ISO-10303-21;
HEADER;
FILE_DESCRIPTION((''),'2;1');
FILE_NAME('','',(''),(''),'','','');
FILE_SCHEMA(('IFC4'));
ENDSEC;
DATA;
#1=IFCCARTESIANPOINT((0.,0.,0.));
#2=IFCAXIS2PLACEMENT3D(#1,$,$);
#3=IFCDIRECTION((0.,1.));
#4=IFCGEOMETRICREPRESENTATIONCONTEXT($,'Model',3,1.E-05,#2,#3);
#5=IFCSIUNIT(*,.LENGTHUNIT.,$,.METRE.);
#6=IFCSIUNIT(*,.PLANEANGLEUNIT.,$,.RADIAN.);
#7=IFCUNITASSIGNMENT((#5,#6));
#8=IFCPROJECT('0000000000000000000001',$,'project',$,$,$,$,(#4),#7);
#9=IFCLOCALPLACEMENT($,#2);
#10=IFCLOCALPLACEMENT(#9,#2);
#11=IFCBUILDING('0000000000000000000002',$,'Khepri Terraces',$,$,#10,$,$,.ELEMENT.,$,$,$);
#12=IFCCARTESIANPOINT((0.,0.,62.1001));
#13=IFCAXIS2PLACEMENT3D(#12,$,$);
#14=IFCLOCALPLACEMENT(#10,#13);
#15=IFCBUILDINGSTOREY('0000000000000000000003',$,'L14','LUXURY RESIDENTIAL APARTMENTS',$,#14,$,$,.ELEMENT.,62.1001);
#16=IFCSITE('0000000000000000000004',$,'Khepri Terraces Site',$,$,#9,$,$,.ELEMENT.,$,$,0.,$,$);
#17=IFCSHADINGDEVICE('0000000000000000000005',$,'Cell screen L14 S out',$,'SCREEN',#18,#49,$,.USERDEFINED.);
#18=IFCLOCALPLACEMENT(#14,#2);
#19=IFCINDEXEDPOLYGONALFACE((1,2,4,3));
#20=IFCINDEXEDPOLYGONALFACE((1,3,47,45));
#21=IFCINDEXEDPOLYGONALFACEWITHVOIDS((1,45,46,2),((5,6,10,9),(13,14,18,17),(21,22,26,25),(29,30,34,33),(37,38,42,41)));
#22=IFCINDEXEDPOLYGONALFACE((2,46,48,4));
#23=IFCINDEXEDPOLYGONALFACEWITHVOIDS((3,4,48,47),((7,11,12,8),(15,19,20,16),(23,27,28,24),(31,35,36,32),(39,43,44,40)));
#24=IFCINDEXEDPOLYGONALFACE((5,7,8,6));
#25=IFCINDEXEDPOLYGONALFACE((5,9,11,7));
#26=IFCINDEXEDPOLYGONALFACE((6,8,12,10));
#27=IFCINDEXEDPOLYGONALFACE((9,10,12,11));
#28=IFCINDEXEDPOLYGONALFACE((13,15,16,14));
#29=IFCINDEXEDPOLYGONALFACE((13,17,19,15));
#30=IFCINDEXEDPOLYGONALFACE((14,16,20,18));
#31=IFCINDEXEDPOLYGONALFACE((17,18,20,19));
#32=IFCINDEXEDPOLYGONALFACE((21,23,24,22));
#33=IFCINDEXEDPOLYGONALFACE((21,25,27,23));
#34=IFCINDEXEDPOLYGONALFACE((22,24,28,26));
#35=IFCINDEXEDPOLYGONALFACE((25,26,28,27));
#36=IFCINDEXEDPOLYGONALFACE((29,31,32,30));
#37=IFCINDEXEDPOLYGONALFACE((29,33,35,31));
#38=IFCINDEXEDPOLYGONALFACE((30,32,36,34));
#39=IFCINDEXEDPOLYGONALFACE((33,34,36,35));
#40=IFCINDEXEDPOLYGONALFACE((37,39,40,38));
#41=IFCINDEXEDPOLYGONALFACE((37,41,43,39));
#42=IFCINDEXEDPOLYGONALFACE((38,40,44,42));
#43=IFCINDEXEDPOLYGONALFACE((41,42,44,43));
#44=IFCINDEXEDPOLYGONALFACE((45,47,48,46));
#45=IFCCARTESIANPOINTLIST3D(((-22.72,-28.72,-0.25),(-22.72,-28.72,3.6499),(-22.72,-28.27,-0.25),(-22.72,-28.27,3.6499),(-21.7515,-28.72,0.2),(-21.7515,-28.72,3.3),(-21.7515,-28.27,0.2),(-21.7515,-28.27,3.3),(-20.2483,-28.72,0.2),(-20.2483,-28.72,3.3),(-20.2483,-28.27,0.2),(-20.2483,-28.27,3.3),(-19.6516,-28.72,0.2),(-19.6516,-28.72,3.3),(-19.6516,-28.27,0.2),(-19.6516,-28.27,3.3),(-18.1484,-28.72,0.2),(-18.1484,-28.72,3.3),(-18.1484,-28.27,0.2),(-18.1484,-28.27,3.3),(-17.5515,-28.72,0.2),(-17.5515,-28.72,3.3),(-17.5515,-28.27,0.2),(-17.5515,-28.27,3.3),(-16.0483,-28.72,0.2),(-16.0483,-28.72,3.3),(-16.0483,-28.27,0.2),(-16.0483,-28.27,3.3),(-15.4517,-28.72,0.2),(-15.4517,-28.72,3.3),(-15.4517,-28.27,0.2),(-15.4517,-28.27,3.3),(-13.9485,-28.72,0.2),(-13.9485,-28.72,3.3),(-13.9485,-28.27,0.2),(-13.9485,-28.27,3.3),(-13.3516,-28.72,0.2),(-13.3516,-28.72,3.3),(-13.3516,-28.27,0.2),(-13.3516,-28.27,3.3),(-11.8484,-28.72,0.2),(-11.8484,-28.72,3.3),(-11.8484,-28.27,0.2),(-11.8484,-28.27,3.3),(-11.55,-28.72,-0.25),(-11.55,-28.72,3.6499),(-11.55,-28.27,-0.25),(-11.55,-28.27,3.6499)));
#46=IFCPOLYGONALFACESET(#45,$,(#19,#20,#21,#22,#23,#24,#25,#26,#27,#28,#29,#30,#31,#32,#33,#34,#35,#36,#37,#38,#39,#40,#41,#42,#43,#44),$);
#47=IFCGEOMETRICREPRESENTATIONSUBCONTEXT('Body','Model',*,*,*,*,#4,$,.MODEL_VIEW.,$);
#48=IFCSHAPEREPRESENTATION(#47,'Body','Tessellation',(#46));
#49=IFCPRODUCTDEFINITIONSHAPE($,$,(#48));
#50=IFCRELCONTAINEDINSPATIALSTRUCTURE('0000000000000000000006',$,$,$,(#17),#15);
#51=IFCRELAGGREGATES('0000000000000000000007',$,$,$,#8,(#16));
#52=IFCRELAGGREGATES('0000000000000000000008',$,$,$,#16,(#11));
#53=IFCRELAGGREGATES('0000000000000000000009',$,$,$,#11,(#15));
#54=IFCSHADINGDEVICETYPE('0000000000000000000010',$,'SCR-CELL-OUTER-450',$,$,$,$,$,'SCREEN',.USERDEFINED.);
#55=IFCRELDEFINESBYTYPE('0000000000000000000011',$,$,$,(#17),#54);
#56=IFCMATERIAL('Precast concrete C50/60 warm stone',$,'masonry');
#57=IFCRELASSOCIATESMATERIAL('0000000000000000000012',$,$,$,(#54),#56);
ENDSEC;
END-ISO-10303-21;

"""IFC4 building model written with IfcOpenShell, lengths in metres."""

from ifc_helpers import new_model, si_unit, direction, frame, origin, place, context, subcontext, project, spatial, polyline, outline, extrude, material, type_object, element, save


model = new_model("IFC4")

# Units and contexts
model_context = context("Model", 3, precision=1e-05, world=origin(), true_north=direction((0.0, 1.0)))
body_context = subcontext(model_context, "Body", "Model", "MODEL_VIEW")
ifc_project = project(units=[si_unit("LENGTHUNIT", "METRE"), si_unit("PLANEANGLEUNIT", "RADIAN")], contexts=[model_context])

# Site, building, storey
site_placement = place(None, origin())
site = spatial("IfcSite", under=ifc_project, at=site_placement, Name="Khepri Terraces Site", CompositionType="ELEMENT", RefElevation=0.0)
building_placement = place(site_placement, origin())
building = spatial("IfcBuilding", under=site, at=building_placement, Name="Khepri Terraces", CompositionType="ELEMENT")
storey_placement = place(building_placement, frame((0.0, 0.0, 62.1001)))
storey = spatial("IfcBuildingStorey", under=building, at=storey_placement, Name="L14", Description="LUXURY RESIDENTIAL APARTMENTS", CompositionType="ELEMENT", Elevation=62.1001)

# Shared definitions
ifc_material_1 = material(Name="Precast concrete C50/60 warm stone", Category="masonry")

# Shading device
shading_device_type_1 = type_object("IfcShadingDeviceType", Name="SCR-CELL-OUTER-450", ElementType="SCREEN", PredefinedType="USERDEFINED", material=ifc_material_1)
shading_device_1_placement = place(storey_placement, frame((-22.72, -28.27, -0.25), z_axis=(0.0, -1.0, 0.0), x_axis=(1.0, 0.0, 0.0)))
element("IfcShadingDevice", 1, at=shading_device_1_placement, inside=storey, type_object=shading_device_type_1, Name="Cell screen L14 S out", ObjectType="SCREEN", PredefinedType="USERDEFINED", context=body_context, shape_type="SweptSolid", body=[
    extrude(outline(polyline([(0.0, 0.0), (11.1699, 0.0), (11.1699, 3.8999), (0.0, 3.8999), (0.0, 0.0)]), holes=[polyline([(0.9685, 0.45), (2.4717, 0.45), (2.4717, 3.55), (0.9685, 3.55), (0.9685, 0.45)]), polyline([(3.0684, 0.45), (4.5715, 0.45), (4.5715, 3.55), (3.0684, 3.55), (3.0684, 0.45)]), polyline([(5.1685, 0.45), (6.6716, 0.45), (6.6716, 3.55), (5.1685, 3.55), (5.1685, 0.45)]), polyline([(7.2683, 0.45), (8.7715, 0.45), (8.7715, 3.55), (7.2683, 3.55), (7.2683, 0.45)]), polyline([(9.3684, 0.45), (10.8716, 0.45), (10.8716, 3.55), (9.3684, 3.55), (9.3684, 0.45)])]), origin(), (0.0, 0.0, 1.0), 0.45),
])

save(model, "model.ifc")
